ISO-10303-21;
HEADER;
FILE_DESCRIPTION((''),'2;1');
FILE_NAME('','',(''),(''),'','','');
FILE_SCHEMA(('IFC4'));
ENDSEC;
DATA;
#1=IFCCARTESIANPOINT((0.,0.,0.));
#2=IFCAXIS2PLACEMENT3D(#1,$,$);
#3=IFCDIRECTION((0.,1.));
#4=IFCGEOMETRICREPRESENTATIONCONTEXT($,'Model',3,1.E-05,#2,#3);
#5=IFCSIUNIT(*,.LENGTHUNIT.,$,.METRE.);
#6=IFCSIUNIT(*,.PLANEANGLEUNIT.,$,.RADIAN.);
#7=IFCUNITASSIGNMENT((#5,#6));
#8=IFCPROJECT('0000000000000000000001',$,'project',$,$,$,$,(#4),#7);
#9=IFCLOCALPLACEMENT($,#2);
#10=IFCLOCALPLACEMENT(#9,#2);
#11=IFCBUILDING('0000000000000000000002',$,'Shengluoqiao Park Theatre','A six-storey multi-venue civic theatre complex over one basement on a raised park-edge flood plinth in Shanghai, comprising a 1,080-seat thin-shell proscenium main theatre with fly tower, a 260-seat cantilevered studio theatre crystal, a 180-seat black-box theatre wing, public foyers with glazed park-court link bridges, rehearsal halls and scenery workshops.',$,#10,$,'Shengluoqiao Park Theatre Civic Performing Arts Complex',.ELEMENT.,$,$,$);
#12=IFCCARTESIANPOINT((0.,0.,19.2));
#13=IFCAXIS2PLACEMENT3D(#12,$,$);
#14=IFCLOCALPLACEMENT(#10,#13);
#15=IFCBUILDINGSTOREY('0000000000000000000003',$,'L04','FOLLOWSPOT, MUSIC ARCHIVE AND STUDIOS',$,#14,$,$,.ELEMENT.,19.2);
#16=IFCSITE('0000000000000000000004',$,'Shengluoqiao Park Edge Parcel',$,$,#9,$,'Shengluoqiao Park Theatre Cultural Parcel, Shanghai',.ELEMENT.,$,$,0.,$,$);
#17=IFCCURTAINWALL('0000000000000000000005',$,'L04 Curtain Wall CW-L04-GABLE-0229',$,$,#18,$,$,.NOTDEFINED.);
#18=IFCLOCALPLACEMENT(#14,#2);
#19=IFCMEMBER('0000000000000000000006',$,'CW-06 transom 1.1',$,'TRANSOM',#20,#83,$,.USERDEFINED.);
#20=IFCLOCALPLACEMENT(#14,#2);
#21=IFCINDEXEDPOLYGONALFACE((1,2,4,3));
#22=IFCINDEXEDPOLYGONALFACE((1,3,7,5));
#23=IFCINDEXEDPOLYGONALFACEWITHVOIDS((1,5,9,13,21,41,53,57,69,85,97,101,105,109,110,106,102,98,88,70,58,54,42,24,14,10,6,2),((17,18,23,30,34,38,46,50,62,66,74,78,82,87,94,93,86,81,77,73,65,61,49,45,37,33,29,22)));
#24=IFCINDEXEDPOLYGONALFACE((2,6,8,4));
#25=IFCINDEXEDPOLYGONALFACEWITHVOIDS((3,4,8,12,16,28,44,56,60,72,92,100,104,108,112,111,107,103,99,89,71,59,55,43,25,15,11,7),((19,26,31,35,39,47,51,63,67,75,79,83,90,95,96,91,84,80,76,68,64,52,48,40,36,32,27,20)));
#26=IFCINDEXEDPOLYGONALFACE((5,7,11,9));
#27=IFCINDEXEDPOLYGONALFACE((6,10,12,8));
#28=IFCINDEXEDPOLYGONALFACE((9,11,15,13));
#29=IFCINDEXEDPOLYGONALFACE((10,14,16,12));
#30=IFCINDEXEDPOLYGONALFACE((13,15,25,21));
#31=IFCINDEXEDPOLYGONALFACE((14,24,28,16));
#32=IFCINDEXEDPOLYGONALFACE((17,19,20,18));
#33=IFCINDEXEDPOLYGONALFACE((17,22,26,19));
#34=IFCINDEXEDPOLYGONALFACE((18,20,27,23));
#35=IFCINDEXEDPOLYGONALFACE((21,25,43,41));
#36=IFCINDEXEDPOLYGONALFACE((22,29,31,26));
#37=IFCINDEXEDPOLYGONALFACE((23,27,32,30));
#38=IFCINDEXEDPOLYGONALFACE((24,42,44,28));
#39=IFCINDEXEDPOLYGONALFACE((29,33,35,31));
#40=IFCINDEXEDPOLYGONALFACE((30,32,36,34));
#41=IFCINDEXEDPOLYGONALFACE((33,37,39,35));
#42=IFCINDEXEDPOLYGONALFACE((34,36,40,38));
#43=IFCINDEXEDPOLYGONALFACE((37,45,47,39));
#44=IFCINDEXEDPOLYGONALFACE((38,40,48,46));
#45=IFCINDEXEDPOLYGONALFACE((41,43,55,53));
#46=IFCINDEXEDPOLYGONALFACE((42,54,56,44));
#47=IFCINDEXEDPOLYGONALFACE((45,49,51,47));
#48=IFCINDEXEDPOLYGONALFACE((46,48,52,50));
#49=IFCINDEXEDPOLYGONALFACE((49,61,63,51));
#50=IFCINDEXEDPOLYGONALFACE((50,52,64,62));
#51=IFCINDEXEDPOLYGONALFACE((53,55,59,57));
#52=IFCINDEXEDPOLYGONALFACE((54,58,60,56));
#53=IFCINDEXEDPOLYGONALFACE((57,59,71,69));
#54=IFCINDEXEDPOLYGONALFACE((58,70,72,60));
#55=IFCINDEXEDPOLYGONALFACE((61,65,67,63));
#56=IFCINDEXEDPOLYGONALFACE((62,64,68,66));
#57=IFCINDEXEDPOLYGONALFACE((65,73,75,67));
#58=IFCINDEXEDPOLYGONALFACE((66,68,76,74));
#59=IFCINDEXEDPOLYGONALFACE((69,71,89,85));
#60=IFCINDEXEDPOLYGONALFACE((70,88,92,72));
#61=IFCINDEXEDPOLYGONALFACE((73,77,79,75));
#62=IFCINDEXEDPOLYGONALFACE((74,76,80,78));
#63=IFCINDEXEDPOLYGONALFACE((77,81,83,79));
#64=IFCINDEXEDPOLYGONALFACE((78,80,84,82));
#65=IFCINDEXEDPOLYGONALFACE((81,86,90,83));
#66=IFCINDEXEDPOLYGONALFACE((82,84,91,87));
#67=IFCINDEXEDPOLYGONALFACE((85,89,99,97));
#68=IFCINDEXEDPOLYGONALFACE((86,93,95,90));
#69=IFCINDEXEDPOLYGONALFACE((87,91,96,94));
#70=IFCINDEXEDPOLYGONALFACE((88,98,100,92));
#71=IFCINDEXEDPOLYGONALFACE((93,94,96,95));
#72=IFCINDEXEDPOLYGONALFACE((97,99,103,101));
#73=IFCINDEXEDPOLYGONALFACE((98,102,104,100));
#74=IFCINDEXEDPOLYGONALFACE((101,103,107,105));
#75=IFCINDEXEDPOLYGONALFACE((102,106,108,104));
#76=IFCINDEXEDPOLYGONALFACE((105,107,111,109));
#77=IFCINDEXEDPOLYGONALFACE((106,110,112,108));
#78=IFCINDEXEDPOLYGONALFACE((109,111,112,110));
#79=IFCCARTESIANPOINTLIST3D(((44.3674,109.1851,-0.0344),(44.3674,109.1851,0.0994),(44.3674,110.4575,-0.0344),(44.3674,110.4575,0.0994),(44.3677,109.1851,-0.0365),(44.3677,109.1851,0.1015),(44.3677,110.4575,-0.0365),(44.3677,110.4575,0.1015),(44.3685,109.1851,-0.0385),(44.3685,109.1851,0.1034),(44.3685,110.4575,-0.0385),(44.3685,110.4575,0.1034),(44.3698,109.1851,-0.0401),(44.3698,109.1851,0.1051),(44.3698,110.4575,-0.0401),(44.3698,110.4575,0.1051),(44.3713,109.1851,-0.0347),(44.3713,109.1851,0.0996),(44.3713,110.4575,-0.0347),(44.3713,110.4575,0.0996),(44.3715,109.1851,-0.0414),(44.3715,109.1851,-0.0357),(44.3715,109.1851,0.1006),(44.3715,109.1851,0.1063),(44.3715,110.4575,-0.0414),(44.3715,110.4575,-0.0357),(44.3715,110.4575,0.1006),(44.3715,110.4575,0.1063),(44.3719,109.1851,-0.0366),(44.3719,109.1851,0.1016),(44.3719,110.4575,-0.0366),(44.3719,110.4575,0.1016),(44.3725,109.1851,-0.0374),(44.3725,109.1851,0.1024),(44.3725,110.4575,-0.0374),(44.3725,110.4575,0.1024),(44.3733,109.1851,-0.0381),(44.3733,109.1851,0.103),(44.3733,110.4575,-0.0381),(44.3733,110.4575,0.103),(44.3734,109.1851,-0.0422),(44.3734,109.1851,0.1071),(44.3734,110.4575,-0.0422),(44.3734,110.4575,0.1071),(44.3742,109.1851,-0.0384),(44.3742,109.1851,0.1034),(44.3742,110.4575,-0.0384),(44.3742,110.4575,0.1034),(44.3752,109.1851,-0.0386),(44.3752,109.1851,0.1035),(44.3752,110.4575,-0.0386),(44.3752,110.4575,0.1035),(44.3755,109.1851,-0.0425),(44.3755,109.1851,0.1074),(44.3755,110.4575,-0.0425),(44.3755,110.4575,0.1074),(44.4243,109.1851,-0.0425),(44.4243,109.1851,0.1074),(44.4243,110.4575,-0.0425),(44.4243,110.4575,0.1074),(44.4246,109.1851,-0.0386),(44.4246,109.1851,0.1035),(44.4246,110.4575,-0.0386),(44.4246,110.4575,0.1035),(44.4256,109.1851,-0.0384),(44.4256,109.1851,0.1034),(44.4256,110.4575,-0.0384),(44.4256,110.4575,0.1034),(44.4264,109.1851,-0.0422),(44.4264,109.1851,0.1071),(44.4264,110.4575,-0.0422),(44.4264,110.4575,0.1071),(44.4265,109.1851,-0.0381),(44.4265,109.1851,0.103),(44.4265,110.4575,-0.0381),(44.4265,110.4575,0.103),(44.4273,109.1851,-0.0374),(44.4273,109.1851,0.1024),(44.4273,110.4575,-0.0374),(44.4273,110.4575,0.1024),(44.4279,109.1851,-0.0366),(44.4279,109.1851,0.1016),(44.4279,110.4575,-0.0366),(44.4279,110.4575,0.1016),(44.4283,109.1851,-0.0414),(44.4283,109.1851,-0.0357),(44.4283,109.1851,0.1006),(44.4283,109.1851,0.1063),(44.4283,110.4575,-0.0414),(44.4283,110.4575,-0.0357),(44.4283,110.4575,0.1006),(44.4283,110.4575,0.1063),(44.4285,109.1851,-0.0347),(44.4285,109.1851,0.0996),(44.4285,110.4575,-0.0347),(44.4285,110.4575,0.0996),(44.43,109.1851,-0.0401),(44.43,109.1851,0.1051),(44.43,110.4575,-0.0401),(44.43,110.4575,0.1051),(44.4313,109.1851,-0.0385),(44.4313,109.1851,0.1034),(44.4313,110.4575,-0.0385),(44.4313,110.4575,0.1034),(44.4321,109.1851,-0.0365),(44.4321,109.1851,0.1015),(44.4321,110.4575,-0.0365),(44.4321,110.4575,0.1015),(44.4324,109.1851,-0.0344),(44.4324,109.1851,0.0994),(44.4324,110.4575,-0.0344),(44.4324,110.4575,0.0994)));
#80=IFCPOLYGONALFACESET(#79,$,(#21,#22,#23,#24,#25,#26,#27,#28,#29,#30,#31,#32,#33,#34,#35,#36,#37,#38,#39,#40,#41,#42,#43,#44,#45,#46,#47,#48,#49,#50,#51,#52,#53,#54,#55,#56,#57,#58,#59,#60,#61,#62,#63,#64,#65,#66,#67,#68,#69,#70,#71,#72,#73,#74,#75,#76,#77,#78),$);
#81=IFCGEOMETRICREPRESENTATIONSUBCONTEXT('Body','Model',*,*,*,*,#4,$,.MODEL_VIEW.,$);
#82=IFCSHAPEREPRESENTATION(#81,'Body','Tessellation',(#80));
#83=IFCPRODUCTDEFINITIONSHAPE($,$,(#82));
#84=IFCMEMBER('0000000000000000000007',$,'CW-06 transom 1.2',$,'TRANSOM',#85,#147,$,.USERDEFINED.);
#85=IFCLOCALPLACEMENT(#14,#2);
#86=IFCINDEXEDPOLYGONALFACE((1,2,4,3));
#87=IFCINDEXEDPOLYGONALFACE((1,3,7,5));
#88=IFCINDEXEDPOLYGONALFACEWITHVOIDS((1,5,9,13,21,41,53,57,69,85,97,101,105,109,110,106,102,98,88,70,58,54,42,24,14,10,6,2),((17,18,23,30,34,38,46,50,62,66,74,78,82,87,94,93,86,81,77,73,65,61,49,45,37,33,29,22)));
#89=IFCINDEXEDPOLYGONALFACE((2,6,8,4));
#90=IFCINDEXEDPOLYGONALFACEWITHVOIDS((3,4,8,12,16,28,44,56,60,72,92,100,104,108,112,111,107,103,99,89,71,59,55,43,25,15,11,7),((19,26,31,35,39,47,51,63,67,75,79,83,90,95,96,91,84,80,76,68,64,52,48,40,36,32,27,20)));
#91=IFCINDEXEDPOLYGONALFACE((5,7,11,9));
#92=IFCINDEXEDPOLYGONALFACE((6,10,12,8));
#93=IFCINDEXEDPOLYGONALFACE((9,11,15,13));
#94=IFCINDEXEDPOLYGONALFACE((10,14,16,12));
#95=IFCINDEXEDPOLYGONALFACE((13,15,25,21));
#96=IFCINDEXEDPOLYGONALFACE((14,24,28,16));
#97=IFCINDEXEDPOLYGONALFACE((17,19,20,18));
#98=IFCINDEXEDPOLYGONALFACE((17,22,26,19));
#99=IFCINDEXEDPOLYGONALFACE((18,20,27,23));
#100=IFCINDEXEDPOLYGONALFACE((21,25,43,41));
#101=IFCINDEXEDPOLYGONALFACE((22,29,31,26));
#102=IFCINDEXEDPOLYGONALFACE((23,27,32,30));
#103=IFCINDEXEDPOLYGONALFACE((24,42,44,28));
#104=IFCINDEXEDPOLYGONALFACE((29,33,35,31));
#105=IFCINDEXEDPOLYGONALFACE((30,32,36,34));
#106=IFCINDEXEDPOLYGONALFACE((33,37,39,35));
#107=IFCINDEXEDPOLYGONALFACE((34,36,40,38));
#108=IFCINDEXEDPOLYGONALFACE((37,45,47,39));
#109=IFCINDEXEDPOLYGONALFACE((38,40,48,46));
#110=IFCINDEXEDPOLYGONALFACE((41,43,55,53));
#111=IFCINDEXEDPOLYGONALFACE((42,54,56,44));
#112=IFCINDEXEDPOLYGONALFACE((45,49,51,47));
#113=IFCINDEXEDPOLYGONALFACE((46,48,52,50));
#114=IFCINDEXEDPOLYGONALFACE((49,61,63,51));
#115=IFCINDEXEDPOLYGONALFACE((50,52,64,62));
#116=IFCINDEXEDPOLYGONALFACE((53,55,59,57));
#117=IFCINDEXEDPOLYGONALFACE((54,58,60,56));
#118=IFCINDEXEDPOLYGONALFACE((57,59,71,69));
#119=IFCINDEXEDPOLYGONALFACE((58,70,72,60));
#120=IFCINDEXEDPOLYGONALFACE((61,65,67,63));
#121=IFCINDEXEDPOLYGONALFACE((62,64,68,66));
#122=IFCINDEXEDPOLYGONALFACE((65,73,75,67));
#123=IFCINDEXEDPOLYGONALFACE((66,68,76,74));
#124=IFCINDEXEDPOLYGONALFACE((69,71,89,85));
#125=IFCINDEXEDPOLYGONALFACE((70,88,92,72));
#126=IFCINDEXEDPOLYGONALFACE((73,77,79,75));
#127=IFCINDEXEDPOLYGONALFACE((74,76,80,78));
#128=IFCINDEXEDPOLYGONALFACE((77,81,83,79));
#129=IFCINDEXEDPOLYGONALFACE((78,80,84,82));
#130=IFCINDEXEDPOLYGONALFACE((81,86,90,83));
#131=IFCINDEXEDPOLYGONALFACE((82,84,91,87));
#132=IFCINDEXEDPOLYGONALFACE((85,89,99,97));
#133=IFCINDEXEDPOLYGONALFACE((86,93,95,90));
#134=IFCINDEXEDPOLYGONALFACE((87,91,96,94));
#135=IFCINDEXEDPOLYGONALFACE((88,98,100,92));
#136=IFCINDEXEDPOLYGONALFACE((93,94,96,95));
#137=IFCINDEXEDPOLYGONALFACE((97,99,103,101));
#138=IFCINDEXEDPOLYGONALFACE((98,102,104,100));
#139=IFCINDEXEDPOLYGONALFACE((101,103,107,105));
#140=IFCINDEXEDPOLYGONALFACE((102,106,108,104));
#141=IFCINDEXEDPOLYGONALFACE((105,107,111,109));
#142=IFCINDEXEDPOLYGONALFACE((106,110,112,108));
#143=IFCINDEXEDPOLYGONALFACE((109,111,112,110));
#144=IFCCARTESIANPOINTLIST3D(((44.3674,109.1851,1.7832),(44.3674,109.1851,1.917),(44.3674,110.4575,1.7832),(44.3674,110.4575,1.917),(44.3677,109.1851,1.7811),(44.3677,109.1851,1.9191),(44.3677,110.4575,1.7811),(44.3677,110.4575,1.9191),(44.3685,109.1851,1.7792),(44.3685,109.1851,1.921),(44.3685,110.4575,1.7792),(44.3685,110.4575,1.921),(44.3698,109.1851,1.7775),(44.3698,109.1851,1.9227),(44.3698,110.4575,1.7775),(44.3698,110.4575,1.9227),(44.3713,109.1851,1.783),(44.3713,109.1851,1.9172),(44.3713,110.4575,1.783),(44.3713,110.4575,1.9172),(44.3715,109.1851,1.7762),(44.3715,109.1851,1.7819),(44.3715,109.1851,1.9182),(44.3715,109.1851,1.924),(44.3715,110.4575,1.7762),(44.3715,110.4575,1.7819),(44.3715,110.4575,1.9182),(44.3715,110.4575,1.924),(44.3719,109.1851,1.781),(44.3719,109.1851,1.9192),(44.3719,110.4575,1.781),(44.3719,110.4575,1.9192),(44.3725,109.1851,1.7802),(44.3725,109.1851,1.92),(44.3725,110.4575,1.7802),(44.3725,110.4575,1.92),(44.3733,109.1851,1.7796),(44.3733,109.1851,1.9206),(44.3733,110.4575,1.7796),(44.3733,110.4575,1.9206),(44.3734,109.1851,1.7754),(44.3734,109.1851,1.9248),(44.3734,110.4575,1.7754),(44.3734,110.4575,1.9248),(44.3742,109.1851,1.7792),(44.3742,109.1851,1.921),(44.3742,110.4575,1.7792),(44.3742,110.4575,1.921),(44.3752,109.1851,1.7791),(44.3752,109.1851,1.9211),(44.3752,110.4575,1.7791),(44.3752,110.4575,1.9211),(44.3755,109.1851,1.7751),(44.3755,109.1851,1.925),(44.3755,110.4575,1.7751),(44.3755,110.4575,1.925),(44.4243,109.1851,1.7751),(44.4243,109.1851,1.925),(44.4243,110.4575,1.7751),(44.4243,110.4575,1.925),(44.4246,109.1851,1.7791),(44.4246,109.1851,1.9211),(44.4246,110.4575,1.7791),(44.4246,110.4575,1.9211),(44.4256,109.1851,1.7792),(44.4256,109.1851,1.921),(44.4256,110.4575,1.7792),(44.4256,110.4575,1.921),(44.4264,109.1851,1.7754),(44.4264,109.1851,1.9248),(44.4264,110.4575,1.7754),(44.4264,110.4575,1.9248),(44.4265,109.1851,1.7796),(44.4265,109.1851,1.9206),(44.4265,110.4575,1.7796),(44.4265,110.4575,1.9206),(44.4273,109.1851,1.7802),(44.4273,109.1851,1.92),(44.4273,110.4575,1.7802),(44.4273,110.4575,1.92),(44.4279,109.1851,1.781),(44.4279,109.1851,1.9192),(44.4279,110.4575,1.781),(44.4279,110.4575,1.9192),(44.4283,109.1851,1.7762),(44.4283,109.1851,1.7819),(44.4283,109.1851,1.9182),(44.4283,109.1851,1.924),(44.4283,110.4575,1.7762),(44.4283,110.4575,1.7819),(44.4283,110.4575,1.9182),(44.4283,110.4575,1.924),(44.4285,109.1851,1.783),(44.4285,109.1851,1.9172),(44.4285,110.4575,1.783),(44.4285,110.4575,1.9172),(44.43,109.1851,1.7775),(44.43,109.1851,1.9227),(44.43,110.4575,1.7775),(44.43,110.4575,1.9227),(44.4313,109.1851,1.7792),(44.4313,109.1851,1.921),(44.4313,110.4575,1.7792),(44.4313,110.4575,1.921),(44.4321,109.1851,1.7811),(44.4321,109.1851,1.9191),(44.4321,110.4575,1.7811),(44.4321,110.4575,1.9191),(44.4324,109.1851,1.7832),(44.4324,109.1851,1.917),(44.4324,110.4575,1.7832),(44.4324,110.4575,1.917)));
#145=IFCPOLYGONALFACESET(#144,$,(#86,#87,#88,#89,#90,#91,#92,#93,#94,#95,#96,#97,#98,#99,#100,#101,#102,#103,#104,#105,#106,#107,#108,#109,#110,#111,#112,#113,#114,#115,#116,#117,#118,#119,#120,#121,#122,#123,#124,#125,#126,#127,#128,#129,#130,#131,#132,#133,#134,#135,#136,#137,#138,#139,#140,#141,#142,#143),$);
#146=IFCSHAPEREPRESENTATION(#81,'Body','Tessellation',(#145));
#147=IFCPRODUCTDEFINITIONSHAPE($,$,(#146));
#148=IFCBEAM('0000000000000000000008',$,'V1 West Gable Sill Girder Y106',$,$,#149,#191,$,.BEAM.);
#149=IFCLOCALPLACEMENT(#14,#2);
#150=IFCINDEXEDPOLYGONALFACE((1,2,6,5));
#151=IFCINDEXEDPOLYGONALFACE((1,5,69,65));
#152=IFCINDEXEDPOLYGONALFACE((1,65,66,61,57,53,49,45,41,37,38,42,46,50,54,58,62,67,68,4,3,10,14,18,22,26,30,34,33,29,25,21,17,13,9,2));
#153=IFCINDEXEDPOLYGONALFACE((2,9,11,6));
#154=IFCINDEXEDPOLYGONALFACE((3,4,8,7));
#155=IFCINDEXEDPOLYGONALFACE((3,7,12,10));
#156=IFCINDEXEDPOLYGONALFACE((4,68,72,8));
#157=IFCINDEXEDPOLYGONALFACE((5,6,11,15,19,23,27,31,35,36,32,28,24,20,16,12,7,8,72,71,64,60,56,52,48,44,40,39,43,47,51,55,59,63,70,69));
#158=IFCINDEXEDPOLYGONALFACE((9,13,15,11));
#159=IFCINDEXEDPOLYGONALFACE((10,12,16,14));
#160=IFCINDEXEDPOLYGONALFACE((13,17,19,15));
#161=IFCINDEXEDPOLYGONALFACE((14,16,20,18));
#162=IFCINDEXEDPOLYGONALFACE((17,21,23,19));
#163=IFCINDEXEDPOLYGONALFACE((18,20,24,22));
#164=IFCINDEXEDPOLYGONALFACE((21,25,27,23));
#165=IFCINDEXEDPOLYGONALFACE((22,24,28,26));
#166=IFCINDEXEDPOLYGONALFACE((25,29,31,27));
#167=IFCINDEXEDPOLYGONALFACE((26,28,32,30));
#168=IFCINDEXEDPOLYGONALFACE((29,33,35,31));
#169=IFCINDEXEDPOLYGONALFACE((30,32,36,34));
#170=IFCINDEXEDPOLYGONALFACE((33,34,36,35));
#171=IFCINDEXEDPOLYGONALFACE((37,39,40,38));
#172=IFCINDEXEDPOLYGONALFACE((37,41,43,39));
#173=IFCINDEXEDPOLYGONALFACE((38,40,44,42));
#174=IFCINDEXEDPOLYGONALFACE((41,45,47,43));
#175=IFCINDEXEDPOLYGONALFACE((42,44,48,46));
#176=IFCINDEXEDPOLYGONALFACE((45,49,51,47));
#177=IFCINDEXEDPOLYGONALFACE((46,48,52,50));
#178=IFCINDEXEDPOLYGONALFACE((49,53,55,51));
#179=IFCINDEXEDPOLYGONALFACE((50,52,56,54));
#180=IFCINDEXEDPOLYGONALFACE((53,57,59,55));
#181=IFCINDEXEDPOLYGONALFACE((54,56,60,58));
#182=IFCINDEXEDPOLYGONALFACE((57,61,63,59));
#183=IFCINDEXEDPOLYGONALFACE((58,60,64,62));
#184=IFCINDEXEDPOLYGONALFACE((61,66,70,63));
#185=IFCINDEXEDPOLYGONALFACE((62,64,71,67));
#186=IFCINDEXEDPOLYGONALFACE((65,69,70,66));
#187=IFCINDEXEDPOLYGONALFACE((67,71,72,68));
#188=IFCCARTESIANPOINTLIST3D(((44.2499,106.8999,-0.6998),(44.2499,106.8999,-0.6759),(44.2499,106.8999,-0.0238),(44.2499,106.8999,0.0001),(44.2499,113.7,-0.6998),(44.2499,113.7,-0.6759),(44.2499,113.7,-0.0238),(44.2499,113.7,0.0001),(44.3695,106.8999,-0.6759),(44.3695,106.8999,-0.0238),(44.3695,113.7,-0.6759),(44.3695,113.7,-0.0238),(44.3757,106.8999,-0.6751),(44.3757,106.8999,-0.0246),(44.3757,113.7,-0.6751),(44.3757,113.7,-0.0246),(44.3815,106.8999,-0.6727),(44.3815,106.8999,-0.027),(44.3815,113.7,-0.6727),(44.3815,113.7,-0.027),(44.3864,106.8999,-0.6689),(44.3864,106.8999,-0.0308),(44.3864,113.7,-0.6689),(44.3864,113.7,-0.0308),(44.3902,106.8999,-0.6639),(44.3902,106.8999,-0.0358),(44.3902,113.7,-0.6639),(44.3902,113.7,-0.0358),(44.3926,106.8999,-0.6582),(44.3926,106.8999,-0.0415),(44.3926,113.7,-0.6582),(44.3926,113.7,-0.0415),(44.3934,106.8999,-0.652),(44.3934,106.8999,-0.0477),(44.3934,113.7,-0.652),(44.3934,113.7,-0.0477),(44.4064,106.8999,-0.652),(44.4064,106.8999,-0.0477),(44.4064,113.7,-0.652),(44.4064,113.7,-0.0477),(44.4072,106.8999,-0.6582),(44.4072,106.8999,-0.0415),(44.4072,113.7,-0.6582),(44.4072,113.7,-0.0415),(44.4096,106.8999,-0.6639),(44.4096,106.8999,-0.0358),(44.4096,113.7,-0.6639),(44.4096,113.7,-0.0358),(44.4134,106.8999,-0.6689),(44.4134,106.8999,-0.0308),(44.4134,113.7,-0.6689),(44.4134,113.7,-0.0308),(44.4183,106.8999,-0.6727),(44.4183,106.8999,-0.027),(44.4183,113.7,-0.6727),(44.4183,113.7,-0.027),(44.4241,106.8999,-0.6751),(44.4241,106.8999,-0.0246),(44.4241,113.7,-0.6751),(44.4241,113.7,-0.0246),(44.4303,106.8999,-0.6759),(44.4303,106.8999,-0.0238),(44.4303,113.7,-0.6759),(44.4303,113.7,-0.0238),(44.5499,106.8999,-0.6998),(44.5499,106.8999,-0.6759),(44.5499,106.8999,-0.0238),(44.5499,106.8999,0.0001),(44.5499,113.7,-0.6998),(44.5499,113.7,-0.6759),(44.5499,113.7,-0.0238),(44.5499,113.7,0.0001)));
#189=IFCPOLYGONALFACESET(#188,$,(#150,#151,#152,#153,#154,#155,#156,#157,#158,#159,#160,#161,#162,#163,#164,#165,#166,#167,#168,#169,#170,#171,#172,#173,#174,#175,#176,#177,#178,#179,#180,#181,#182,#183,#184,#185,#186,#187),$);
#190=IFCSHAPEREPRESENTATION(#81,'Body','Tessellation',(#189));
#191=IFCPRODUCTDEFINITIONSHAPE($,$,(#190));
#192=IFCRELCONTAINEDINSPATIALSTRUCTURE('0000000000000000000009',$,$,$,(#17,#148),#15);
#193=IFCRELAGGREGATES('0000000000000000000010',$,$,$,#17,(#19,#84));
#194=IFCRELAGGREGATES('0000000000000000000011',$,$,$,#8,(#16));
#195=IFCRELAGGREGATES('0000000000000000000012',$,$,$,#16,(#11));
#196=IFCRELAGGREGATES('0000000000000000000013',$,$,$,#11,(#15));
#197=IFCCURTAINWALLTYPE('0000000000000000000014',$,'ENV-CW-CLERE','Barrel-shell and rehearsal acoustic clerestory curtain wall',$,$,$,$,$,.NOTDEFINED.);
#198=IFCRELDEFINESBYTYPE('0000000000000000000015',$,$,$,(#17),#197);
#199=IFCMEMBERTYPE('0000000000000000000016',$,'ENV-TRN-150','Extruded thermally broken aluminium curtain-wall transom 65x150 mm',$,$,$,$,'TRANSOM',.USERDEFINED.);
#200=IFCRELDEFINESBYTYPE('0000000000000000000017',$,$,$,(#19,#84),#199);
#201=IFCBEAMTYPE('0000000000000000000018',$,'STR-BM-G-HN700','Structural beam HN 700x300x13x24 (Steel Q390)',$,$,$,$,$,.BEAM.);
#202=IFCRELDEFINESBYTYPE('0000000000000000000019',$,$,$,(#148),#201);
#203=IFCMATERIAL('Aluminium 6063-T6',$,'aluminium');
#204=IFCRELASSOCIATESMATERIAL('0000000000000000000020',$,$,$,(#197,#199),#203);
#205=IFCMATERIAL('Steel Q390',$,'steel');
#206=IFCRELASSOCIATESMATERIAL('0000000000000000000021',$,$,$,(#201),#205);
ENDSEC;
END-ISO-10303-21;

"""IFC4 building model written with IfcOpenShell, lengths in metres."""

from ifc_helpers import new_model, si_unit, direction, frame, origin, origin_2d, place, context, subcontext, project, spatial, hollow_rectangle, i_section, extrude, material, material_profile, profile_set, type_object, element, aggregate, save


model = new_model("IFC4")

# Units and contexts
model_context = context("Model", 3, precision=1e-05, world=origin(), true_north=direction((0.0, 1.0)))
body_context = subcontext(model_context, "Body", "Model", "MODEL_VIEW")
ifc_project = project(units=[si_unit("LENGTHUNIT", "METRE"), si_unit("PLANEANGLEUNIT", "RADIAN")], contexts=[model_context])

# Site, building, storey
site_placement = place(None, origin())
site = spatial("IfcSite", under=ifc_project, at=site_placement, Name="Shengluoqiao Park Edge Parcel", LongName="Shengluoqiao Park Theatre Cultural Parcel, Shanghai", CompositionType="ELEMENT", RefElevation=0.0)
building_placement = place(site_placement, origin())
building = spatial("IfcBuilding", under=site, at=building_placement, Name="Shengluoqiao Park Theatre", Description="A six-storey multi-venue civic theatre complex over one basement on a raised park-edge flood plinth in Shanghai, comprising a 1,080-seat thin-shell proscenium main theatre with fly tower, a 260-seat cantilevered studio theatre crystal, a 180-seat black-box theatre wing, public foyers with glazed park-court link bridges, rehearsal halls and scenery workshops.", LongName="Shengluoqiao Park Theatre Civic Performing Arts Complex", CompositionType="ELEMENT")
storey_placement = place(building_placement, frame((0.0, 0.0, 19.2)))
storey = spatial("IfcBuildingStorey", under=building, at=storey_placement, Name="L04", Description="FOLLOWSPOT, MUSIC ARCHIVE AND STUDIOS", CompositionType="ELEMENT", Elevation=19.2)

# Shared definitions
ifc_material_1 = material(Name="Aluminium 6063-T6", Category="aluminium")
curtain_wall_type = type_object("IfcCurtainWallType", Name="ENV-CW-CLERE", Description="Barrel-shell and rehearsal acoustic clerestory curtain wall", PredefinedType="NOTDEFINED", material=ifc_material_1)

# Curtain wall
curtain_wall_1_placement = place(storey_placement, origin())
curtain_wall_1 = element("IfcCurtainWall", 1, at=curtain_wall_1_placement, inside=storey, type_object=curtain_wall_type, Name="L04 Curtain Wall CW-L04-GABLE-0229", PredefinedType="NOTDEFINED")

# Members
ifc_material_profile_1 = material_profile(ifc_material_1, hollow_rectangle(XDim=0.0649, YDim=0.1499, WallThickness=0.0039, InnerFilletRadius=0.0039, OuterFilletRadius=0.0081, at=origin_2d()), Name="ALU TRANSOM 150x65x4")
ifc_profile_set_1 = profile_set([ifc_material_profile_1], Name="Aluminium 6063-T6")
member_type_1 = type_object("IfcMemberType", Name="ENV-TRN-150", Description="Extruded thermally broken aluminium curtain-wall transom 65x150 mm", ElementType="TRANSOM", PredefinedType="USERDEFINED", material=ifc_profile_set_1)
member_1_placement = place(storey_placement, frame((44.3999, 109.1851, 0.0325), z_axis=(0.0, 1.0, 0.0), x_axis=(-1.0, 0.0, 0.0)))
member_1 = element("IfcMember", 2, at=member_1_placement, type_object=member_type_1, Name="CW-06 transom 1.1", ObjectType="TRANSOM", PredefinedType="USERDEFINED", context=body_context, shape_type="SweptSolid", body=[
    extrude(hollow_rectangle(XDim=0.0649, YDim=0.1499, WallThickness=0.0039, InnerFilletRadius=0.0039, OuterFilletRadius=0.0081, at=origin_2d()), origin(), (0.0, 0.0, 1.0), 1.2725),
])
member_2_placement = place(storey_placement, frame((44.3999, 109.1851, 1.8501), z_axis=(0.0, 1.0, 0.0), x_axis=(-1.0, 0.0, 0.0)))
member_2 = element("IfcMember", 3, at=member_2_placement, type_object=member_type_1, Name="CW-06 transom 1.2", ObjectType="TRANSOM", PredefinedType="USERDEFINED", context=body_context, shape_type="SweptSolid", body=[
    extrude(hollow_rectangle(XDim=0.0649, YDim=0.1499, WallThickness=0.0039, InnerFilletRadius=0.0039, OuterFilletRadius=0.0081, at=origin_2d()), origin(), (0.0, 0.0, 1.0), 1.2725),
])

# Beam
ifc_material_2 = material(Name="Steel Q390", Category="steel")
ifc_material_profile_2 = material_profile(ifc_material_2, i_section(OverallWidth=0.3, OverallDepth=0.7, WebThickness=0.0129, FlangeThickness=0.0239, FilletRadius=0.0239, at=origin_2d()), Name="HN 700x300x13x24")
ifc_profile_set_2 = profile_set([ifc_material_profile_2], Name="Steel Q390")
beam_type = type_object("IfcBeamType", Name="STR-BM-G-HN700", Description="Structural beam HN 700x300x13x24 (Steel Q390)", PredefinedType="BEAM", material=ifc_profile_set_2)
beam_placement = place(storey_placement, frame((44.3999, 106.8999, -0.3499), z_axis=(0.0, 1.0, 0.0), x_axis=(-1.0, 0.0, 0.0)))
element("IfcBeam", 4, at=beam_placement, inside=storey, type_object=beam_type, Name="V1 West Gable Sill Girder Y106", PredefinedType="BEAM", context=body_context, shape_type="SweptSolid", body=[
    extrude(i_section(OverallWidth=0.3, OverallDepth=0.7, WebThickness=0.0129, FlangeThickness=0.0239, FilletRadius=0.0239, at=origin_2d()), origin(), (0.0, 0.0, 1.0), 6.8),
])

aggregate(curtain_wall_1, [member_1, member_2])

save(model, "model.ifc")
